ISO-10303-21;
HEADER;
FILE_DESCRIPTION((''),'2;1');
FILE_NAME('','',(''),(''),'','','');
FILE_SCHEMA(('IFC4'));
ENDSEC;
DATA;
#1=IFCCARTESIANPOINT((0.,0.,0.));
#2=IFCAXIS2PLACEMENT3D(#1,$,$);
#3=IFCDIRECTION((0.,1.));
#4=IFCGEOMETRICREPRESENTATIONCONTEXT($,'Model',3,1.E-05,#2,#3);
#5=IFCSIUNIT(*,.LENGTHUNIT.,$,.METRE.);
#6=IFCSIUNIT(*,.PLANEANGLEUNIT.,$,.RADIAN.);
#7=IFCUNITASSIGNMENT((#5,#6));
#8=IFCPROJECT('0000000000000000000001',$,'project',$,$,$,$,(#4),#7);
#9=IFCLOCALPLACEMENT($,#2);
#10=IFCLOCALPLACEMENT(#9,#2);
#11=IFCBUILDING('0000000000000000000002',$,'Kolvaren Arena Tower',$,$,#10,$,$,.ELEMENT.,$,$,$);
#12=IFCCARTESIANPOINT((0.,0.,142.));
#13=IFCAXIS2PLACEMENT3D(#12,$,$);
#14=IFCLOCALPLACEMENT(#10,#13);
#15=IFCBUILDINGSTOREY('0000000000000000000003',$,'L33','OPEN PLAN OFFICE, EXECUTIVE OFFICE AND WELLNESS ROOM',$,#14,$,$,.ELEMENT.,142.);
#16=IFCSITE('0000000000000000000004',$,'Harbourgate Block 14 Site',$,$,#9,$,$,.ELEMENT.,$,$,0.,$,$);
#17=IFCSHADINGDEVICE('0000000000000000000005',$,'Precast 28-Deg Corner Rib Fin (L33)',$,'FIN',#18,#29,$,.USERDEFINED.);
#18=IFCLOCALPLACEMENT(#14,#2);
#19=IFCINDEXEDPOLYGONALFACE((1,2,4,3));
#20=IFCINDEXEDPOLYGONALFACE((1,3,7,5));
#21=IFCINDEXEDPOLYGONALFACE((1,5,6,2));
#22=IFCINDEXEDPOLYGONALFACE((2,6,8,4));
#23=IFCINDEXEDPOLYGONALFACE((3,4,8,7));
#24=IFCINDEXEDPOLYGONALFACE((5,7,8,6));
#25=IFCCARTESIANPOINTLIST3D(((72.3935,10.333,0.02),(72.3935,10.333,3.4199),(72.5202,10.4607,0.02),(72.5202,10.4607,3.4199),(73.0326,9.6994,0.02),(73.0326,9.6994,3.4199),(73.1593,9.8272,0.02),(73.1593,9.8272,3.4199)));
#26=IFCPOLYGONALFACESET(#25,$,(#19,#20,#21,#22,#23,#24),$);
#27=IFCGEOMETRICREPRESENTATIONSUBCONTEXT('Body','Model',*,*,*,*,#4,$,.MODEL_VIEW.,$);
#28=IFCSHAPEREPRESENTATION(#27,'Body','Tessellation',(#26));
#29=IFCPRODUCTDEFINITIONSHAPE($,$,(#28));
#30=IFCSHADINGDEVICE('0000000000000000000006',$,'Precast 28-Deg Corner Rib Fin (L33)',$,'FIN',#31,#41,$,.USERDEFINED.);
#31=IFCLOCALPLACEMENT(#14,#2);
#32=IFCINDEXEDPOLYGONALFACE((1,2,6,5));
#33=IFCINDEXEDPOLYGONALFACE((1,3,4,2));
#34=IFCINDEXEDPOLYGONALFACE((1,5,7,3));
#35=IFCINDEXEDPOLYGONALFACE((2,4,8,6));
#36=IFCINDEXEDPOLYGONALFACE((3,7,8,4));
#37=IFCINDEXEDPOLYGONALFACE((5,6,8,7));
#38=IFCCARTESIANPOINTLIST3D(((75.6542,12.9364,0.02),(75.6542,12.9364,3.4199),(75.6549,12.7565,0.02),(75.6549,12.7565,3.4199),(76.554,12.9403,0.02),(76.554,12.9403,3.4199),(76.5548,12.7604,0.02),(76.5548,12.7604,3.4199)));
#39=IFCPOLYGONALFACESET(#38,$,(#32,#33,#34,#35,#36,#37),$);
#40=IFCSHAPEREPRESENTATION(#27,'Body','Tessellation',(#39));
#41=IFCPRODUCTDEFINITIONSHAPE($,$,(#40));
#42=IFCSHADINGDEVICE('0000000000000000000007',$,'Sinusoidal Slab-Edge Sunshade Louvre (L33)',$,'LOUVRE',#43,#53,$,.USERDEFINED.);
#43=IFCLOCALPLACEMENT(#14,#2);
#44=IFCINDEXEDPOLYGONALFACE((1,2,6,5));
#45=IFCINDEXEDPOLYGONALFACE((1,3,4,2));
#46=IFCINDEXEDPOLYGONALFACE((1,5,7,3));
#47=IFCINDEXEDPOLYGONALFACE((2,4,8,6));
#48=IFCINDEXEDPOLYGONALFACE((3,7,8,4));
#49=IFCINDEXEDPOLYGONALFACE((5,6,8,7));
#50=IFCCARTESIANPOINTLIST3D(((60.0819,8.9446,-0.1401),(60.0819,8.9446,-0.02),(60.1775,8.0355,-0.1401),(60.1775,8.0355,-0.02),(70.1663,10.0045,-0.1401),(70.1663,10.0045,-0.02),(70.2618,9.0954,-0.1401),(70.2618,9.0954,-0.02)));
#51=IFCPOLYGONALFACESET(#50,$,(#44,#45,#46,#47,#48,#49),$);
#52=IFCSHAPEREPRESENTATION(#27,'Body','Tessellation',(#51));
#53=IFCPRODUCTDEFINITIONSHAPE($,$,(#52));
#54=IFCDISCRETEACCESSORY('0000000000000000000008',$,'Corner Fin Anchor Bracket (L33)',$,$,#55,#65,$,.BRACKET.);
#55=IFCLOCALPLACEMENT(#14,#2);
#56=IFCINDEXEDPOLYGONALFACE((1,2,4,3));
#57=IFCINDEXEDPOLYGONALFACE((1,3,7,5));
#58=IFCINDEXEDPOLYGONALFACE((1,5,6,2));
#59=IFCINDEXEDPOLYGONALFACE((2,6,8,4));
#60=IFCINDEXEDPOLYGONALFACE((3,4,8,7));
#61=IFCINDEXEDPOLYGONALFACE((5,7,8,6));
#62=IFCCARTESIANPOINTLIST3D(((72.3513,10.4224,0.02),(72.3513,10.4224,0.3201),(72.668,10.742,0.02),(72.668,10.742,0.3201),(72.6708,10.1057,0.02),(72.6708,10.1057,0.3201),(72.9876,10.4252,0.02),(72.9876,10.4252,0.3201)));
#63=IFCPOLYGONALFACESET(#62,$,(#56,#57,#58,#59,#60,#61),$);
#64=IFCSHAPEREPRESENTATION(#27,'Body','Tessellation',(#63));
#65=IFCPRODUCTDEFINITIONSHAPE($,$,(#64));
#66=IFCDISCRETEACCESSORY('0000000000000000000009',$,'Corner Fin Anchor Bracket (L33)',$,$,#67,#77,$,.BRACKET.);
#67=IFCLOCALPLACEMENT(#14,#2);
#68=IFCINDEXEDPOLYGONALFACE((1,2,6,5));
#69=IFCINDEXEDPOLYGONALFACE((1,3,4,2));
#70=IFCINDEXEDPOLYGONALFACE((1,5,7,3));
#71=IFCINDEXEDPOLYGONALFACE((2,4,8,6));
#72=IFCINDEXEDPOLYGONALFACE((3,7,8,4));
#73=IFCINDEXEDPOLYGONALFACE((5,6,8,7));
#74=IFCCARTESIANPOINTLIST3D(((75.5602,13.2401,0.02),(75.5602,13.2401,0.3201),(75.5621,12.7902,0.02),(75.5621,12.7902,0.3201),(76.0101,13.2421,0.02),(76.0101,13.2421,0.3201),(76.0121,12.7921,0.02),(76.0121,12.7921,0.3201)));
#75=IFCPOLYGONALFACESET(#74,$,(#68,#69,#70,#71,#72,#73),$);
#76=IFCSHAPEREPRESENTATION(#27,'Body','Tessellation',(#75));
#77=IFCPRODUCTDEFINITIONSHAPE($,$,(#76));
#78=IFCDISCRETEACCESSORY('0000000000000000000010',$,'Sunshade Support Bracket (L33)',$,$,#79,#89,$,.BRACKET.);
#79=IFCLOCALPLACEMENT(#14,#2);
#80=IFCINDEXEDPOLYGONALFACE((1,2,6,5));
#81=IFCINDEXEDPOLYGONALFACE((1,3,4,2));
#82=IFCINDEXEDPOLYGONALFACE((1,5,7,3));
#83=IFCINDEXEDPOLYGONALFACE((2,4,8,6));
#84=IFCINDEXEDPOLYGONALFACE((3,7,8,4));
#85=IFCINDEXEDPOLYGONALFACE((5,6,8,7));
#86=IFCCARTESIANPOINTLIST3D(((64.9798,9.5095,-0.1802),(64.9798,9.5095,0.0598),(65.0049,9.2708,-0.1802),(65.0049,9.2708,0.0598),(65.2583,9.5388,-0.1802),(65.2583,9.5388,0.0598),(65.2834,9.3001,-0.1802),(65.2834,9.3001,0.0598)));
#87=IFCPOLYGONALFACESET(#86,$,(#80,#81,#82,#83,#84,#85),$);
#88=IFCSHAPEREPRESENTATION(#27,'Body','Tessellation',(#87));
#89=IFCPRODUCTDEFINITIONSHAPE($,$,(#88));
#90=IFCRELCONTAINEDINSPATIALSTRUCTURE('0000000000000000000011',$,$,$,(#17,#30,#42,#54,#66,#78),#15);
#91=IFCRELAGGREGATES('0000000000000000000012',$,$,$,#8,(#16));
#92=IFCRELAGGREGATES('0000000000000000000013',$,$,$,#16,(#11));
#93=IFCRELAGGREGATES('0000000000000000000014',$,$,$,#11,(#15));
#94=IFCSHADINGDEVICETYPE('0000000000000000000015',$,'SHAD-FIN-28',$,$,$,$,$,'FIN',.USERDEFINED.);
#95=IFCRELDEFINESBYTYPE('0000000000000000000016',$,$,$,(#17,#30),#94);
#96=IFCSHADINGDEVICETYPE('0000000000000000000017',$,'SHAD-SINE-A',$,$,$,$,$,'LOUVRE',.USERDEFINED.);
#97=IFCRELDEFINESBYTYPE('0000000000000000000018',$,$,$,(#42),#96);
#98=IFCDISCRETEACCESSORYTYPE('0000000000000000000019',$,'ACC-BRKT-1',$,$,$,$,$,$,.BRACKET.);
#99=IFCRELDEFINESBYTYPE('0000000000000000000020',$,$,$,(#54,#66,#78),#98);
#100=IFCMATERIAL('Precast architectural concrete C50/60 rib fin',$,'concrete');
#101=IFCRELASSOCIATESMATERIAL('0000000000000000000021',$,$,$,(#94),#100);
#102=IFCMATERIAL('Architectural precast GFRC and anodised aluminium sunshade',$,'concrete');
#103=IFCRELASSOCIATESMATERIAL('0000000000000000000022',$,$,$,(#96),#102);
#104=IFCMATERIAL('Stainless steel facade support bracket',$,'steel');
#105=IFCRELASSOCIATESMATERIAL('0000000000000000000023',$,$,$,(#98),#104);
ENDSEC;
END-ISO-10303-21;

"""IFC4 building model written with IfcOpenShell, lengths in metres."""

from ifc_helpers import new_model, si_unit, direction, frame, origin, origin_2d, place, context, subcontext, project, spatial, rectangle, extrude, material, type_object, element, save


model = new_model("IFC4")

# Units and contexts
model_context = context("Model", 3, precision=1e-05, world=origin(), true_north=direction((0.0, 1.0)))
body_context = subcontext(model_context, "Body", "Model", "MODEL_VIEW")
ifc_project = project(units=[si_unit("LENGTHUNIT", "METRE"), si_unit("PLANEANGLEUNIT", "RADIAN")], contexts=[model_context])

# Site, building, storey
site_placement = place(None, origin())
site = spatial("IfcSite", under=ifc_project, at=site_placement, Name="Harbourgate Block 14 Site", CompositionType="ELEMENT", RefElevation=0.0)
building_placement = place(site_placement, origin())
building = spatial("IfcBuilding", under=site, at=building_placement, Name="Kolvaren Arena Tower", CompositionType="ELEMENT")
storey_placement = place(building_placement, frame((0.0, 0.0, 142.0)))
storey = spatial("IfcBuildingStorey", under=building, at=storey_placement, Name="L33", Description="OPEN PLAN OFFICE, EXECUTIVE OFFICE AND WELLNESS ROOM", CompositionType="ELEMENT", Elevation=142.0)

# Shading devices
ifc_material_1 = material(Name="Precast architectural concrete C50/60 rib fin", Category="concrete")
shading_device_type_1 = type_object("IfcShadingDeviceType", Name="SHAD-FIN-28", ElementType="FIN", PredefinedType="USERDEFINED", material=ifc_material_1)
for number, where, z_axis, x_axis, name in (
    (1, (72.7764, 10.0801, 0.02), (0.0, 0.0, 1.0), (0.710184, -0.704016, 0.0), "Precast 28-Deg Corner Rib Fin (L33)"),
    (2, (76.1045, 12.8484, 0.02), (0.0, 0.0, 1.0), (0.999991, 0.004349, 0.0), "Precast 28-Deg Corner Rib Fin (L33)"),
):
    element("IfcShadingDevice", number, at=place(storey_placement, frame(where, z_axis=z_axis, x_axis=x_axis)), inside=storey, type_object=shading_device_type_1, Name=name, ObjectType="FIN", PredefinedType="USERDEFINED", context=body_context, shape_type="SweptSolid", body=[
        extrude(rectangle(XDim=0.8999, YDim=0.1799, at=origin_2d()), origin(), (0.0, 0.0, 1.0), 3.3999),
    ])
ifc_material_2 = material(Name="Architectural precast GFRC and anodised aluminium sunshade", Category="concrete")
shading_device_type_2 = type_object("IfcShadingDeviceType", Name="SHAD-SINE-A", ElementType="LOUVRE", PredefinedType="USERDEFINED", material=ifc_material_2)
shading_device_placement = place(storey_placement, frame((65.1719, 9.02, -0.1401), z_axis=(0.0, 0.0, 1.0), x_axis=(-0.994522, -0.104527, 0.0)))
element("IfcShadingDevice", 3, at=shading_device_placement, inside=storey, type_object=shading_device_type_2, Name="Sinusoidal Slab-Edge Sunshade Louvre (L33)", ObjectType="LOUVRE", PredefinedType="USERDEFINED", context=body_context, shape_type="SweptSolid", body=[
    extrude(rectangle(XDim=10.1399, YDim=0.9141, at=origin_2d()), origin(), (0.0, 0.0, 1.0), 0.1201),
])

# Discrete accessories
ifc_material_3 = material(Name="Stainless steel facade support bracket", Category="steel")
discrete_accessory_type = type_object("IfcDiscreteAccessoryType", Name="ACC-BRKT-1", PredefinedType="BRACKET", material=ifc_material_3)
for number, where, z_axis, x_axis, name in (
    (4, (72.6694, 10.4238, 0.02), (0.0, 0.0, 1.0), (0.710184, -0.704016, 0.0), "Corner Fin Anchor Bracket (L33)"),
    (5, (75.7861, 13.0161, 0.02), (0.0, 0.0, 1.0), (0.999991, 0.004349, 0.0), "Corner Fin Anchor Bracket (L33)"),
):
    element("IfcDiscreteAccessory", number, at=place(storey_placement, frame(where, z_axis=z_axis, x_axis=x_axis)), inside=storey, type_object=discrete_accessory_type, Name=name, PredefinedType="BRACKET", context=body_context, shape_type="SweptSolid", body=[
        extrude(rectangle(XDim=0.45, YDim=0.45, at=origin_2d()), origin(), (0.0, 0.0, 1.0), 0.3),
    ])
discrete_accessory_placement = place(storey_placement, frame((65.1316, 9.4048, -0.1802), z_axis=(0.0, 0.0, 1.0), x_axis=(-0.994522, -0.104527, 0.0)))
element("IfcDiscreteAccessory", 6, at=discrete_accessory_placement, inside=storey, type_object=discrete_accessory_type, Name="Sunshade Support Bracket (L33)", PredefinedType="BRACKET", context=body_context, shape_type="SweptSolid", body=[
    extrude(rectangle(XDim=0.28, YDim=0.24, at=origin_2d()), origin(), (0.0, 0.0, 1.0), 0.24),
])

save(model, "model.ifc")
